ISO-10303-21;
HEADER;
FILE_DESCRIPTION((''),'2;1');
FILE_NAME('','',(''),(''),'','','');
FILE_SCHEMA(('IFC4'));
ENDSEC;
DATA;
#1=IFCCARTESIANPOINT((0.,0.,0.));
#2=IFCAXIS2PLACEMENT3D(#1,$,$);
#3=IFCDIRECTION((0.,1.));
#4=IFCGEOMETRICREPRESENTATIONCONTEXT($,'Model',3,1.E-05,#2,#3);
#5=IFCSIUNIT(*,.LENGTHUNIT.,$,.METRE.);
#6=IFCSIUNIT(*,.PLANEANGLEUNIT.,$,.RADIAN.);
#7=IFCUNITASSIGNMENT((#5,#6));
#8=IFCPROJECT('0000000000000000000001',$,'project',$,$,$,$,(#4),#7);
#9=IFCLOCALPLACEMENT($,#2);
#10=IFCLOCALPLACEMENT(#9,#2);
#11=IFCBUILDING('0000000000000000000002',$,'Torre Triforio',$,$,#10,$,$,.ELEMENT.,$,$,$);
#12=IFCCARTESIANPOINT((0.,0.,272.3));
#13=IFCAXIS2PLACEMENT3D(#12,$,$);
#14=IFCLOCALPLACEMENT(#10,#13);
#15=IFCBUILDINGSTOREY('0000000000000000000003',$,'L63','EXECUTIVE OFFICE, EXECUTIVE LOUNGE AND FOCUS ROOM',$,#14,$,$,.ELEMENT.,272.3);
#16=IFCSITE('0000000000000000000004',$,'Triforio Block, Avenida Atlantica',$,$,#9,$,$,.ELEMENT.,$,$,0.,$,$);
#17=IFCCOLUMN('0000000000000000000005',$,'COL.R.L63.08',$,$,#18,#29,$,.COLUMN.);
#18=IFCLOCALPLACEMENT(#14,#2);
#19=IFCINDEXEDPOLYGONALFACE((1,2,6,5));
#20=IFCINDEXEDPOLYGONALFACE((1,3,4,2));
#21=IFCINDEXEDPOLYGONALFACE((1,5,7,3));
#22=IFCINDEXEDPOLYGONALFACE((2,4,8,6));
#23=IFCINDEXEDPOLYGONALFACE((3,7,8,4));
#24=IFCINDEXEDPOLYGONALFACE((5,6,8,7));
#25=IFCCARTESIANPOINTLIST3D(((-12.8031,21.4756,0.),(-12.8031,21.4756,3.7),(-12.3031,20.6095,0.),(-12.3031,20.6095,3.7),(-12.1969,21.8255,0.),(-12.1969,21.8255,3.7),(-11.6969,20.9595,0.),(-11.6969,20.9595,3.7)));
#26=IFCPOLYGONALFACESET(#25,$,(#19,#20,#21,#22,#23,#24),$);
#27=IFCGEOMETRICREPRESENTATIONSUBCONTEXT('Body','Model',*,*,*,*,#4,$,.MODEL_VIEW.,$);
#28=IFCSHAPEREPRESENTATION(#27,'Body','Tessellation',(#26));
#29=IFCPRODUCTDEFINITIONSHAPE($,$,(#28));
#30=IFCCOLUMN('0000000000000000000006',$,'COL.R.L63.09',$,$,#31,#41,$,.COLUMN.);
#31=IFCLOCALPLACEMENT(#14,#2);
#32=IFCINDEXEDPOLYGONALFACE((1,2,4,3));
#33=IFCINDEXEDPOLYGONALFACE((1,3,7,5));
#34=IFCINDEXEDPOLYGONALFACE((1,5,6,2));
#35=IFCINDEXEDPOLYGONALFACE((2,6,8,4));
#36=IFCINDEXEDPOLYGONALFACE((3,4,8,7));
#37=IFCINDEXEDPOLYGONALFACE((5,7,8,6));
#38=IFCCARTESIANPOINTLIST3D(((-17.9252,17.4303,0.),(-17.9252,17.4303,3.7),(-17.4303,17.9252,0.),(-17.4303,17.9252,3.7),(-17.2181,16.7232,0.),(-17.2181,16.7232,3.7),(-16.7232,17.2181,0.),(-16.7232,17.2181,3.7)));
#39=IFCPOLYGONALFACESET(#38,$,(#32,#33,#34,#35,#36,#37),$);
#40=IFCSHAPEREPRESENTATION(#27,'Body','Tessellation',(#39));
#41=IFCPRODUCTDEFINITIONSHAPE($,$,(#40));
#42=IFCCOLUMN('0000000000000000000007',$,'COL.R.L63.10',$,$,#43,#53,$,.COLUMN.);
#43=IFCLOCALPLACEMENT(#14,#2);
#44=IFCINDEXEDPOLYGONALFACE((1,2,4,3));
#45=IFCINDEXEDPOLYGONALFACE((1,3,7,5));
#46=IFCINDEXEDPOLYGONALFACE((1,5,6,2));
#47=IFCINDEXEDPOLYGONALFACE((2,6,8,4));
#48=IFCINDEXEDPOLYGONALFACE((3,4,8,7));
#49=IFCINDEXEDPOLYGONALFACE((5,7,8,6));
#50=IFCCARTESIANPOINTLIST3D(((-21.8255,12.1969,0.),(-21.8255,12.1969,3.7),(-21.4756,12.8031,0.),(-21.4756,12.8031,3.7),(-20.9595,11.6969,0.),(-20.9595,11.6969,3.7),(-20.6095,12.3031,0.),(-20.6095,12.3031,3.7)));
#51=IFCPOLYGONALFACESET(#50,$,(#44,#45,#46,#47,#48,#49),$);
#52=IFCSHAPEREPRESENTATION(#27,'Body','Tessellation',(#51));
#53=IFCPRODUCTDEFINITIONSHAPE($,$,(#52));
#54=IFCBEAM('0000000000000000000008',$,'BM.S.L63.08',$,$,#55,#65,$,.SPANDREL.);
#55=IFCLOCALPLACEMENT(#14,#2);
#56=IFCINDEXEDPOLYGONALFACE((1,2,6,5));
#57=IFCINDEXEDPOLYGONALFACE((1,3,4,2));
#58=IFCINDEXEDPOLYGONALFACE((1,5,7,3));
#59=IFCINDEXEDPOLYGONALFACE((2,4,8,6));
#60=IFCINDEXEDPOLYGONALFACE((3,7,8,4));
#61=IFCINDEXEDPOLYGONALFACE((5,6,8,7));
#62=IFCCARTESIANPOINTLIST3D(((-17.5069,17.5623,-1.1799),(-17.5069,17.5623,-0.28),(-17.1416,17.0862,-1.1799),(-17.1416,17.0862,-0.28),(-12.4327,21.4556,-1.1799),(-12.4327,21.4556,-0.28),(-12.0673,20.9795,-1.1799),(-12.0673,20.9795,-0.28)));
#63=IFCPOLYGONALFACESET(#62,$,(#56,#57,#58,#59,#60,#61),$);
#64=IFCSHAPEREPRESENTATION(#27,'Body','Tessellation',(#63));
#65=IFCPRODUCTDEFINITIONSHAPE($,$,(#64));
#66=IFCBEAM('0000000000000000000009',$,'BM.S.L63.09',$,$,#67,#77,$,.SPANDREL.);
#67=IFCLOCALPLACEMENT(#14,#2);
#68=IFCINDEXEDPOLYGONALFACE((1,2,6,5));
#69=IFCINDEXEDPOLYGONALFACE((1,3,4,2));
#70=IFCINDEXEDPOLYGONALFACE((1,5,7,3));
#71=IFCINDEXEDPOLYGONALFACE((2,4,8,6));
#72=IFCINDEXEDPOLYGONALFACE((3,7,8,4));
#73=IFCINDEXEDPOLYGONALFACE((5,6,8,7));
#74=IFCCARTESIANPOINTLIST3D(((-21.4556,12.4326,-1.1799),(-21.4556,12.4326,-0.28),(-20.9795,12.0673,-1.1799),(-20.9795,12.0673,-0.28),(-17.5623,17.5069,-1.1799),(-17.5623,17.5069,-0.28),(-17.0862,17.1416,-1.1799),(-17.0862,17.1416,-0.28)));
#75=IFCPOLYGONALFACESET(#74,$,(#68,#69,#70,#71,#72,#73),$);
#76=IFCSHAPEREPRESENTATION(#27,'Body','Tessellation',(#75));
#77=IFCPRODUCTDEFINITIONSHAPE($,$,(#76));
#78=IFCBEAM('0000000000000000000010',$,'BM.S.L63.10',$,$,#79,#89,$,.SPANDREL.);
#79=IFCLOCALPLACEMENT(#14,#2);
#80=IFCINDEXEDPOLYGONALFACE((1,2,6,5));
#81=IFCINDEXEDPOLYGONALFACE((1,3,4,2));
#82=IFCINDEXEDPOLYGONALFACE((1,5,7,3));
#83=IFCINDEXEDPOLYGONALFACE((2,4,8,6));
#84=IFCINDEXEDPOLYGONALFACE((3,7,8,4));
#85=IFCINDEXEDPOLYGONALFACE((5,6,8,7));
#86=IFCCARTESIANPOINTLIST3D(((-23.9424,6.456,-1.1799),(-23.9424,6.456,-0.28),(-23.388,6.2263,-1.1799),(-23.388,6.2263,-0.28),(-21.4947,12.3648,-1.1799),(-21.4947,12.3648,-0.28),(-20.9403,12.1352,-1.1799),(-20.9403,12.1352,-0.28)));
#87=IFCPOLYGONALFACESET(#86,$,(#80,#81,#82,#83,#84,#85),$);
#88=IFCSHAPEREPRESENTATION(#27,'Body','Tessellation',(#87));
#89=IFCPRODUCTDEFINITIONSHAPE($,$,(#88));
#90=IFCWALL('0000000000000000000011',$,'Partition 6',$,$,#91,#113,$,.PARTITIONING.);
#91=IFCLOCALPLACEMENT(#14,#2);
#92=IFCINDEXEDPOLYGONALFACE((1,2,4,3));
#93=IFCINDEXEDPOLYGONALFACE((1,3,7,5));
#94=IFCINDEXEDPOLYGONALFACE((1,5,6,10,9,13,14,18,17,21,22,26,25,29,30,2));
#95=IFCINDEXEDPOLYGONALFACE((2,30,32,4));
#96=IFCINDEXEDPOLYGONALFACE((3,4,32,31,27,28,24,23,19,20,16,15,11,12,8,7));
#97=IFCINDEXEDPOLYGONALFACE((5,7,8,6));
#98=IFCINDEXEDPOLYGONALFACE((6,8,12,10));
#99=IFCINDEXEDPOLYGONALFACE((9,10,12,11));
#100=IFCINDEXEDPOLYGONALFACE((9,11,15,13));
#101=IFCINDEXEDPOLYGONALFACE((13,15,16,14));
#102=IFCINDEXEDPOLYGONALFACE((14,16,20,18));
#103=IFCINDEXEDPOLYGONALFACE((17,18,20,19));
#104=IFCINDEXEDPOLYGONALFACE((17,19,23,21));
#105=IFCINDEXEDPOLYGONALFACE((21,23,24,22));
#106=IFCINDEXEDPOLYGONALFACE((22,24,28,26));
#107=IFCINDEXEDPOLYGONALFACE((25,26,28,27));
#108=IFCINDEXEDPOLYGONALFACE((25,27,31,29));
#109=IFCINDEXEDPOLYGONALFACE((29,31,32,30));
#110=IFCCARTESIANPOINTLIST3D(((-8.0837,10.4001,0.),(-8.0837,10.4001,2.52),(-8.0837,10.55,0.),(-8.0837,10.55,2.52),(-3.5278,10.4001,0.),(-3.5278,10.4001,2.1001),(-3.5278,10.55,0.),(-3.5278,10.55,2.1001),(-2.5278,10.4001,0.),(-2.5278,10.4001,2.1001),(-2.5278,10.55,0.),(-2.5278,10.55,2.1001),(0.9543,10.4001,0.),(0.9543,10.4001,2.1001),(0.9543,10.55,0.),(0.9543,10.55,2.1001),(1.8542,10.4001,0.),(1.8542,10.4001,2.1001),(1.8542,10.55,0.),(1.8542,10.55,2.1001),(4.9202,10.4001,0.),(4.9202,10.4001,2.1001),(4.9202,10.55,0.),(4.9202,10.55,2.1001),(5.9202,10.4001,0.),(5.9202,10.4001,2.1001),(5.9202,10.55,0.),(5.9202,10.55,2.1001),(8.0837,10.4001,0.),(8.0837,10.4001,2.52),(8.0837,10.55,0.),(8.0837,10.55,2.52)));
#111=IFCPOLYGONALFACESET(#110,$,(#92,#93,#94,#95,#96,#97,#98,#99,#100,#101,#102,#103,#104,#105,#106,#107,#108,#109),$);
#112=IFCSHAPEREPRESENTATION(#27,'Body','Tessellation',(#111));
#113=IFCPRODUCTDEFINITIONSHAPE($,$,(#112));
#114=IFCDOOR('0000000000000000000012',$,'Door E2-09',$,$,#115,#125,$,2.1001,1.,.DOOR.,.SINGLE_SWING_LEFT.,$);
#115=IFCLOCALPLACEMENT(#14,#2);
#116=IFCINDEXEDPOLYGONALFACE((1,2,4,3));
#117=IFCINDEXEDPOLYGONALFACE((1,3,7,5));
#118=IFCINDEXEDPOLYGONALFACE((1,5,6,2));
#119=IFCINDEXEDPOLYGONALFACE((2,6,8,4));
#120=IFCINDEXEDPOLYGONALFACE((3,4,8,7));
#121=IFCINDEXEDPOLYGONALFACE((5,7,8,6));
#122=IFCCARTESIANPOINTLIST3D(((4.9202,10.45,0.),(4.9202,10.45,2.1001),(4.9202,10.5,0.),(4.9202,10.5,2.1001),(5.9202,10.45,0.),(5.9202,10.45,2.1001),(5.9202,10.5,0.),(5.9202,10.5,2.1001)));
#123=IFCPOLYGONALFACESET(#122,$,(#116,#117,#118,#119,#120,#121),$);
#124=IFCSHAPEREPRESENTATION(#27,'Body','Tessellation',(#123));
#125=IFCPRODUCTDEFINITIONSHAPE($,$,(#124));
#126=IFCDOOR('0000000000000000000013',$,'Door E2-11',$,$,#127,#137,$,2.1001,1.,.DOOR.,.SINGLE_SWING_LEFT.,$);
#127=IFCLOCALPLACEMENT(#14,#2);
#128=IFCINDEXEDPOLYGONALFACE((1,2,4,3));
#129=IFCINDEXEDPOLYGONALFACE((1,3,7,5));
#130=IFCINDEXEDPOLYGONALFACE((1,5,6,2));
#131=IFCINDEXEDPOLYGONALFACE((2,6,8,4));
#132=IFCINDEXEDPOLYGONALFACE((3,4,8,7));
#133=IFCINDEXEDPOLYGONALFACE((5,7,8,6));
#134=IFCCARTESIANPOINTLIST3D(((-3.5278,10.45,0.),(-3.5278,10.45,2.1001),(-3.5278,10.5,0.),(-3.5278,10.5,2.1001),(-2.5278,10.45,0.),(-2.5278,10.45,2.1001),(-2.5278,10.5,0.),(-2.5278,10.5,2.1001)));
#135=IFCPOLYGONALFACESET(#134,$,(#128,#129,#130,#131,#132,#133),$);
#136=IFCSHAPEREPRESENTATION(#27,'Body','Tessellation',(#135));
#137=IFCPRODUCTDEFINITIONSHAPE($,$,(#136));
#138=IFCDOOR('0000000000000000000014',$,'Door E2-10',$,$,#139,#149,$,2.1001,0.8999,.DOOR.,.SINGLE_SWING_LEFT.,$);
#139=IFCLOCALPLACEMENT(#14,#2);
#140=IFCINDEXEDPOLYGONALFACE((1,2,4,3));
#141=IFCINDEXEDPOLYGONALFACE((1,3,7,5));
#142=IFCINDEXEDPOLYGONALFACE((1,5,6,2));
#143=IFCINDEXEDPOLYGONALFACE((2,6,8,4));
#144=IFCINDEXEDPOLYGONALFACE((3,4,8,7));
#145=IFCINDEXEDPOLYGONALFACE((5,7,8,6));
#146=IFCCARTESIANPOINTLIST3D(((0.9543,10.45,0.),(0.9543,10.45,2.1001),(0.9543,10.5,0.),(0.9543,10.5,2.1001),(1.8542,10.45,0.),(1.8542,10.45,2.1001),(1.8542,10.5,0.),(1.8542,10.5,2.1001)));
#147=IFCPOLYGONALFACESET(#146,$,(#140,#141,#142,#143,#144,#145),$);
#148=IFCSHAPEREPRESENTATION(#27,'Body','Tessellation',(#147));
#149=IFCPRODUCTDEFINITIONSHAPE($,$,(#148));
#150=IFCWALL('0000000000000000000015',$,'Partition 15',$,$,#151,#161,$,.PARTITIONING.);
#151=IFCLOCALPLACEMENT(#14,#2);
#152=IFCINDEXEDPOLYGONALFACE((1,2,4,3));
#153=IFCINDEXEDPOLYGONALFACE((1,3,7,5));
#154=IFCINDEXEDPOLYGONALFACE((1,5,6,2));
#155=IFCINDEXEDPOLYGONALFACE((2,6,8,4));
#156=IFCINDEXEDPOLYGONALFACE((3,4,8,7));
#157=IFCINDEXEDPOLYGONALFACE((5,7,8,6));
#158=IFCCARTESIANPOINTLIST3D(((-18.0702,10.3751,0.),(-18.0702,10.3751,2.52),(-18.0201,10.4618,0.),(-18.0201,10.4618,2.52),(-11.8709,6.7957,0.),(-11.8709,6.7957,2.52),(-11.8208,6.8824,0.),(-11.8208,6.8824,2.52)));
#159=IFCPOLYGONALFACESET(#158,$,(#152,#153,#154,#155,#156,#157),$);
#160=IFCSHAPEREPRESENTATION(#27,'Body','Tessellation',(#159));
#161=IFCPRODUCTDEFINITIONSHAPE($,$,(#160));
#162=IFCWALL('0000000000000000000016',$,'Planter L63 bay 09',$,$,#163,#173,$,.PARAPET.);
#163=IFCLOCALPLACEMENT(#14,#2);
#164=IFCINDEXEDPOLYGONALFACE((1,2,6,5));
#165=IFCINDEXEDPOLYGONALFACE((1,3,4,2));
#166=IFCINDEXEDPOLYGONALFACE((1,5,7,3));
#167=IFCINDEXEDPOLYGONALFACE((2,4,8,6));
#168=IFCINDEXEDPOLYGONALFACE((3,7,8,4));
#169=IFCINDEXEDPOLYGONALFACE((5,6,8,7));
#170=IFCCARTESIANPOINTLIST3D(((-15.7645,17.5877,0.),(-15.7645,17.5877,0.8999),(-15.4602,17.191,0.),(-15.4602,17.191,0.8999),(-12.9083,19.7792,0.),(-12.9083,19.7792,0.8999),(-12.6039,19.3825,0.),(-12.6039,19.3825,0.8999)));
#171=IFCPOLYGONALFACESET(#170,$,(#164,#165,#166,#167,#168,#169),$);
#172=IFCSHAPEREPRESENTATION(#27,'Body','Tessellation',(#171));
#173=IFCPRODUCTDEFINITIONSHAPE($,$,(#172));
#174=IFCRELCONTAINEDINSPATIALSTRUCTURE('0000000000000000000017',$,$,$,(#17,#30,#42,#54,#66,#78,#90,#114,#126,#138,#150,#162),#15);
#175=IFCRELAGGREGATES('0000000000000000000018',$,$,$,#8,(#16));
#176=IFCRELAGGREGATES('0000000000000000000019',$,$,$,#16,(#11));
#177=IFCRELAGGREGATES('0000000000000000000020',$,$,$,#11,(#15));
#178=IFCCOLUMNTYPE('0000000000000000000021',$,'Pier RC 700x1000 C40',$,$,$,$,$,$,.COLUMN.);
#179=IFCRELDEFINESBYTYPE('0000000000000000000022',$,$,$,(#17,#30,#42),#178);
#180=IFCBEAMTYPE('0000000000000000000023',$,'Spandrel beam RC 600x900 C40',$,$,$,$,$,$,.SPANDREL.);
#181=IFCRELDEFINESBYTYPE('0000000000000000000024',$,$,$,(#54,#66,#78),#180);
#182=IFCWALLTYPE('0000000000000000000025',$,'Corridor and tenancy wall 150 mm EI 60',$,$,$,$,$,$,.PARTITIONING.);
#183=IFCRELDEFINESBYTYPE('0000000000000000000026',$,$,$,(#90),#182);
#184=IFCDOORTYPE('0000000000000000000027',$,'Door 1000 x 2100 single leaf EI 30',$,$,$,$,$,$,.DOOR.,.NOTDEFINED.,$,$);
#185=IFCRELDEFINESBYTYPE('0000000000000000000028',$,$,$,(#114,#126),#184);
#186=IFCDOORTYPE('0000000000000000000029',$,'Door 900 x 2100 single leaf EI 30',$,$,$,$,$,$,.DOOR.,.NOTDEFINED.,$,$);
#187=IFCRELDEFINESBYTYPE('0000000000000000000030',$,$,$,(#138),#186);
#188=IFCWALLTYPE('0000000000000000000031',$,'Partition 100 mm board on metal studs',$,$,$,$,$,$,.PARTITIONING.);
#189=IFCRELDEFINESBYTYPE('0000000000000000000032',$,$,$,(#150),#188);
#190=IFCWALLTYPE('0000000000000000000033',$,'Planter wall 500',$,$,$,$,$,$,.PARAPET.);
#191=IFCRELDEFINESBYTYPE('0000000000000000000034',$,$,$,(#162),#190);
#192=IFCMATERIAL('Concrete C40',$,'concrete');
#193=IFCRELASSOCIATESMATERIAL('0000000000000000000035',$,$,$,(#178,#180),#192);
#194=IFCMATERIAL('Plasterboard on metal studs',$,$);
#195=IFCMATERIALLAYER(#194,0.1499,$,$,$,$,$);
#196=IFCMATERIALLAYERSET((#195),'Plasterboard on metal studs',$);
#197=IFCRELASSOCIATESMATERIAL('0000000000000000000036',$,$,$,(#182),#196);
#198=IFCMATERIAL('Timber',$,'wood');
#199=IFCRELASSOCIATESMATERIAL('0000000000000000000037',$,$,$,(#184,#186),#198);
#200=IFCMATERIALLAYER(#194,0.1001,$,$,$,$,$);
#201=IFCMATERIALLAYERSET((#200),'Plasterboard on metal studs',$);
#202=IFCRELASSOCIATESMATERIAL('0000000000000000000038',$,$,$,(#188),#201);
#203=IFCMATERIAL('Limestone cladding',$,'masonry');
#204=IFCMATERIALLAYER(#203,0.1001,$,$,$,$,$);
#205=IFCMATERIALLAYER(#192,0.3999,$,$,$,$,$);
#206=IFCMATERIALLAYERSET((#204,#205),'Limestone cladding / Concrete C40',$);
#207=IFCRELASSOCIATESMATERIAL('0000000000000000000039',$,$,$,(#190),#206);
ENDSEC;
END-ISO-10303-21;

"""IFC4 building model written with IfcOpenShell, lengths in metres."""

from ifc_helpers import new_model, si_unit, direction, frame, frame_2d, origin, origin_2d, place, context, subcontext, project, spatial, rectangle, extrude, material, layer, layer_set, material_profile, profile_set, type_object, element, fill, save


model = new_model("IFC4")

# Units and contexts
model_context = context("Model", 3, precision=1e-05, world=origin(), true_north=direction((0.0, 1.0)))
body_context = subcontext(model_context, "Body", "Model", "MODEL_VIEW")
ifc_project = project(units=[si_unit("LENGTHUNIT", "METRE"), si_unit("PLANEANGLEUNIT", "RADIAN")], contexts=[model_context])

# Site, building, storey
site_placement = place(None, origin())
site = spatial("IfcSite", under=ifc_project, at=site_placement, Name="Triforio Block, Avenida Atlantica", CompositionType="ELEMENT", RefElevation=0.0)
building_placement = place(site_placement, origin())
building = spatial("IfcBuilding", under=site, at=building_placement, Name="Torre Triforio", CompositionType="ELEMENT")
storey_placement = place(building_placement, frame((0.0, 0.0, 272.3)))
storey = spatial("IfcBuildingStorey", under=building, at=storey_placement, Name="L63", Description="EXECUTIVE OFFICE, EXECUTIVE LOUNGE AND FOCUS ROOM", CompositionType="ELEMENT", Elevation=272.3)

# Columns
ifc_material_1 = material(Name="Concrete C40", Category="concrete")
ifc_material_profile_1 = material_profile(ifc_material_1, rectangle(XDim=0.7, YDim=1.0, at=origin_2d()), Name="RC 700x1000")
ifc_profile_set_1 = profile_set([ifc_material_profile_1], Name="Concrete C40")
column_type = type_object("IfcColumnType", Name="Pier RC 700x1000 C40", PredefinedType="COLUMN", material=ifc_profile_set_1)
for number, where, z_axis, x_axis, name in (
    (1, (-12.25, 21.2175, 0.0), (0.0, 0.0, 1.0), (-0.866025, -0.5, 0.0), "COL.R.L63.08"),
    (2, (-17.3242, 17.3242, 0.0), (0.0, 0.0, 1.0), (-0.707107, -0.707107, 0.0), "COL.R.L63.09"),
    (3, (-21.2175, 12.25, 0.0), (0.0, 0.0, 1.0), (-0.5, -0.866025, 0.0), "COL.R.L63.10"),
):
    element("IfcColumn", number, at=place(storey_placement, frame(where, z_axis=z_axis, x_axis=x_axis)), inside=storey, type_object=column_type, Name=name, PredefinedType="COLUMN", context=body_context, shape_type="SweptSolid", body=[
        extrude(rectangle(XDim=0.7, YDim=1.0, at=origin_2d()), origin(), (0.0, 0.0, 1.0), 3.7),
    ])

# Beams
ifc_material_profile_2 = material_profile(ifc_material_1, rectangle(XDim=0.6001, YDim=0.8999, at=origin_2d()), Name="RC 600x900")
ifc_profile_set_2 = profile_set([ifc_material_profile_2], Name="Concrete C40")
beam_type = type_object("IfcBeamType", Name="Spandrel beam RC 600x900 C40", PredefinedType="SPANDREL", material=ifc_profile_set_2)
for number, where, z_axis, x_axis, name in (
    (4, (-12.25, 21.2175, -0.73), (-0.793374, -0.608734, 0.0), (0.608734, -0.793374, 0.0), "BM.S.L63.08"),
    (5, (-17.3242, 17.3242, -0.73), (-0.608734, -0.793374, 0.0), (0.793374, -0.608734, 0.0), "BM.S.L63.09"),
    (6, (-21.2175, 12.25, -0.73), (-0.382709, -0.923869, 0.0), (0.923869, -0.382709, 0.0), "BM.S.L63.10"),
):
    element("IfcBeam", number, at=place(storey_placement, frame(where, z_axis=z_axis, x_axis=x_axis)), inside=storey, type_object=beam_type, Name=name, PredefinedType="SPANDREL", context=body_context, shape_type="SweptSolid", body=[
        extrude(rectangle(XDim=0.6001, YDim=0.8999, at=origin_2d()), origin(), (0.0, 0.0, 1.0), 6.3958),
    ])

# Wall, openings, doors
ifc_material_2 = material(Name="Plasterboard on metal studs")
ifc_layer_1 = layer(ifc_material_2, 0.1499)
ifc_layer_set_1 = layer_set([ifc_layer_1], Name="Plasterboard on metal studs")
wall_type_1 = type_object("IfcWallType", Name="Corridor and tenancy wall 150 mm EI 60", PredefinedType="PARTITIONING", material=ifc_layer_set_1)
wall_1_placement = place(storey_placement, frame((-8.0837, 10.4751, 0.0), z_axis=(0.0, 0.0, 1.0), x_axis=(1.0, 0.0, 0.0)))
wall_1 = element("IfcWall", 7, at=wall_1_placement, inside=storey, type_object=wall_type_1, Name="Partition 6", PredefinedType="PARTITIONING", context=body_context, shape_type="SweptSolid", body=[
    extrude(rectangle(XDim=16.1675, YDim=0.1499, at=frame_2d((8.0837, 0.0))), origin(), (0.0, 0.0, 1.0), 2.52),
])
opening_1_placement = place(wall_1_placement, frame((13.0039, 0.0, 0.0)))
opening_1 = element("IfcOpeningElement", 8, at=opening_1_placement, cuts=wall_1, PredefinedType="OPENING", context=body_context, shape_type="SweptSolid", body=[
    extrude(rectangle(XDim=1.0, YDim=2.1001, at=frame_2d((0.5, 1.05))), frame((0.0, 0.085, 0.0), z_axis=(0.0, -1.0, 0.0), x_axis=(1.0, 0.0, 0.0)), (0.0, 0.0, 1.0), 0.1699),
])
opening_2_placement = place(wall_1_placement, frame((9.0381, 0.0, 0.0)))
opening_2 = element("IfcOpeningElement", 9, at=opening_2_placement, cuts=wall_1, PredefinedType="OPENING", context=body_context, shape_type="SweptSolid", body=[
    extrude(rectangle(XDim=0.8999, YDim=2.1001, at=frame_2d((0.45, 1.05))), frame((0.0, 0.085, 0.0), z_axis=(0.0, -1.0, 0.0), x_axis=(1.0, 0.0, 0.0)), (0.0, 0.0, 1.0), 0.1699),
])
opening_3_placement = place(wall_1_placement, frame((4.5559, 0.0, 0.0)))
opening_3 = element("IfcOpeningElement", 10, at=opening_3_placement, cuts=wall_1, PredefinedType="OPENING", context=body_context, shape_type="SweptSolid", body=[
    extrude(rectangle(XDim=1.0, YDim=2.1001, at=frame_2d((0.5, 1.05))), frame((0.0, 0.085, 0.0), z_axis=(0.0, -1.0, 0.0), x_axis=(1.0, 0.0, 0.0)), (0.0, 0.0, 1.0), 0.1699),
])
ifc_material_3 = material(Name="Timber", Category="wood")
door_type_1 = type_object("IfcDoorType", Name="Door 1000 x 2100 single leaf EI 30", OperationType="NOTDEFINED", PredefinedType="DOOR", material=ifc_material_3)
door_1_placement = place(opening_1_placement, origin())
door_1 = element("IfcDoor", 11, at=door_1_placement, inside=storey, type_object=door_type_1, Name="Door E2-09", OperationType="SINGLE_SWING_LEFT", OverallHeight=2.1001, OverallWidth=1.0, PredefinedType="DOOR", context=body_context, shape_type="SweptSolid", body=[
    extrude(rectangle(XDim=1.0, YDim=2.1001, at=frame_2d((0.5, 1.05))), frame((0.0, 0.0249, 0.0), z_axis=(0.0, -1.0, 0.0), x_axis=(1.0, 0.0, 0.0)), (0.0, 0.0, 1.0), 0.05),
])
fill(opening_1, door_1)
door_2_placement = place(opening_3_placement, origin())
door_2 = element("IfcDoor", 12, at=door_2_placement, inside=storey, type_object=door_type_1, Name="Door E2-11", OperationType="SINGLE_SWING_LEFT", OverallHeight=2.1001, OverallWidth=1.0, PredefinedType="DOOR", context=body_context, shape_type="SweptSolid", body=[
    extrude(rectangle(XDim=1.0, YDim=2.1001, at=frame_2d((0.5, 1.05))), frame((0.0, 0.0249, 0.0), z_axis=(0.0, -1.0, 0.0), x_axis=(1.0, 0.0, 0.0)), (0.0, 0.0, 1.0), 0.05),
])
fill(opening_3, door_2)
door_type_2 = type_object("IfcDoorType", Name="Door 900 x 2100 single leaf EI 30", OperationType="NOTDEFINED", PredefinedType="DOOR", material=ifc_material_3)
door_3_placement = place(opening_2_placement, origin())
door_3 = element("IfcDoor", 13, at=door_3_placement, inside=storey, type_object=door_type_2, Name="Door E2-10", OperationType="SINGLE_SWING_LEFT", OverallHeight=2.1001, OverallWidth=0.8999, PredefinedType="DOOR", context=body_context, shape_type="SweptSolid", body=[
    extrude(rectangle(XDim=0.8999, YDim=2.1001, at=frame_2d((0.45, 1.05))), frame((0.0, 0.0249, 0.0), z_axis=(0.0, -1.0, 0.0), x_axis=(1.0, 0.0, 0.0)), (0.0, 0.0, 1.0), 0.05),
])
fill(opening_2, door_3)

# Walls
ifc_layer_2 = layer(ifc_material_2, 0.1001)
ifc_layer_set_2 = layer_set([ifc_layer_2], Name="Plasterboard on metal studs")
wall_type_2 = type_object("IfcWallType", Name="Partition 100 mm board on metal studs", PredefinedType="PARTITIONING", material=ifc_layer_set_2)
wall_2_placement = place(storey_placement, frame((-11.8459, 6.8391, 0.0), z_axis=(0.0, 0.0, 1.0), x_axis=(-0.866012, 0.500024, 0.0)))
element("IfcWall", 14, at=wall_2_placement, inside=storey, type_object=wall_type_2, Name="Partition 15", PredefinedType="PARTITIONING", context=body_context, shape_type="SweptSolid", body=[
    extrude(rectangle(XDim=7.1584, YDim=0.1001, at=frame_2d((3.5791, 0.0))), origin(), (0.0, 0.0, 1.0), 2.52),
])
ifc_material_4 = material(Name="Limestone cladding", Category="masonry")
ifc_layer_3 = layer(ifc_material_4, 0.1001)
ifc_layer_4 = layer(ifc_material_1, 0.3999)
ifc_layer_set_3 = layer_set([ifc_layer_3, ifc_layer_4], Name="Limestone cladding / Concrete C40")
wall_type_3 = type_object("IfcWallType", Name="Planter wall 500", PredefinedType="PARAPET", material=ifc_layer_set_3)
wall_3_placement = place(storey_placement, frame((-12.7561, 19.5808, 0.0), z_axis=(0.0, 0.0, 1.0), x_axis=(-0.793385, -0.608721, 0.0)))
element("IfcWall", 15, at=wall_3_placement, inside=storey, type_object=wall_type_3, Name="Planter L63 bay 09", PredefinedType="PARAPET", context=body_context, shape_type="SweptSolid", body=[
    extrude(rectangle(XDim=3.6001, YDim=0.5, at=frame_2d((1.8, 0.0))), origin(), (0.0, 0.0, 1.0), 0.8999),
])

save(model, "model.ifc")
